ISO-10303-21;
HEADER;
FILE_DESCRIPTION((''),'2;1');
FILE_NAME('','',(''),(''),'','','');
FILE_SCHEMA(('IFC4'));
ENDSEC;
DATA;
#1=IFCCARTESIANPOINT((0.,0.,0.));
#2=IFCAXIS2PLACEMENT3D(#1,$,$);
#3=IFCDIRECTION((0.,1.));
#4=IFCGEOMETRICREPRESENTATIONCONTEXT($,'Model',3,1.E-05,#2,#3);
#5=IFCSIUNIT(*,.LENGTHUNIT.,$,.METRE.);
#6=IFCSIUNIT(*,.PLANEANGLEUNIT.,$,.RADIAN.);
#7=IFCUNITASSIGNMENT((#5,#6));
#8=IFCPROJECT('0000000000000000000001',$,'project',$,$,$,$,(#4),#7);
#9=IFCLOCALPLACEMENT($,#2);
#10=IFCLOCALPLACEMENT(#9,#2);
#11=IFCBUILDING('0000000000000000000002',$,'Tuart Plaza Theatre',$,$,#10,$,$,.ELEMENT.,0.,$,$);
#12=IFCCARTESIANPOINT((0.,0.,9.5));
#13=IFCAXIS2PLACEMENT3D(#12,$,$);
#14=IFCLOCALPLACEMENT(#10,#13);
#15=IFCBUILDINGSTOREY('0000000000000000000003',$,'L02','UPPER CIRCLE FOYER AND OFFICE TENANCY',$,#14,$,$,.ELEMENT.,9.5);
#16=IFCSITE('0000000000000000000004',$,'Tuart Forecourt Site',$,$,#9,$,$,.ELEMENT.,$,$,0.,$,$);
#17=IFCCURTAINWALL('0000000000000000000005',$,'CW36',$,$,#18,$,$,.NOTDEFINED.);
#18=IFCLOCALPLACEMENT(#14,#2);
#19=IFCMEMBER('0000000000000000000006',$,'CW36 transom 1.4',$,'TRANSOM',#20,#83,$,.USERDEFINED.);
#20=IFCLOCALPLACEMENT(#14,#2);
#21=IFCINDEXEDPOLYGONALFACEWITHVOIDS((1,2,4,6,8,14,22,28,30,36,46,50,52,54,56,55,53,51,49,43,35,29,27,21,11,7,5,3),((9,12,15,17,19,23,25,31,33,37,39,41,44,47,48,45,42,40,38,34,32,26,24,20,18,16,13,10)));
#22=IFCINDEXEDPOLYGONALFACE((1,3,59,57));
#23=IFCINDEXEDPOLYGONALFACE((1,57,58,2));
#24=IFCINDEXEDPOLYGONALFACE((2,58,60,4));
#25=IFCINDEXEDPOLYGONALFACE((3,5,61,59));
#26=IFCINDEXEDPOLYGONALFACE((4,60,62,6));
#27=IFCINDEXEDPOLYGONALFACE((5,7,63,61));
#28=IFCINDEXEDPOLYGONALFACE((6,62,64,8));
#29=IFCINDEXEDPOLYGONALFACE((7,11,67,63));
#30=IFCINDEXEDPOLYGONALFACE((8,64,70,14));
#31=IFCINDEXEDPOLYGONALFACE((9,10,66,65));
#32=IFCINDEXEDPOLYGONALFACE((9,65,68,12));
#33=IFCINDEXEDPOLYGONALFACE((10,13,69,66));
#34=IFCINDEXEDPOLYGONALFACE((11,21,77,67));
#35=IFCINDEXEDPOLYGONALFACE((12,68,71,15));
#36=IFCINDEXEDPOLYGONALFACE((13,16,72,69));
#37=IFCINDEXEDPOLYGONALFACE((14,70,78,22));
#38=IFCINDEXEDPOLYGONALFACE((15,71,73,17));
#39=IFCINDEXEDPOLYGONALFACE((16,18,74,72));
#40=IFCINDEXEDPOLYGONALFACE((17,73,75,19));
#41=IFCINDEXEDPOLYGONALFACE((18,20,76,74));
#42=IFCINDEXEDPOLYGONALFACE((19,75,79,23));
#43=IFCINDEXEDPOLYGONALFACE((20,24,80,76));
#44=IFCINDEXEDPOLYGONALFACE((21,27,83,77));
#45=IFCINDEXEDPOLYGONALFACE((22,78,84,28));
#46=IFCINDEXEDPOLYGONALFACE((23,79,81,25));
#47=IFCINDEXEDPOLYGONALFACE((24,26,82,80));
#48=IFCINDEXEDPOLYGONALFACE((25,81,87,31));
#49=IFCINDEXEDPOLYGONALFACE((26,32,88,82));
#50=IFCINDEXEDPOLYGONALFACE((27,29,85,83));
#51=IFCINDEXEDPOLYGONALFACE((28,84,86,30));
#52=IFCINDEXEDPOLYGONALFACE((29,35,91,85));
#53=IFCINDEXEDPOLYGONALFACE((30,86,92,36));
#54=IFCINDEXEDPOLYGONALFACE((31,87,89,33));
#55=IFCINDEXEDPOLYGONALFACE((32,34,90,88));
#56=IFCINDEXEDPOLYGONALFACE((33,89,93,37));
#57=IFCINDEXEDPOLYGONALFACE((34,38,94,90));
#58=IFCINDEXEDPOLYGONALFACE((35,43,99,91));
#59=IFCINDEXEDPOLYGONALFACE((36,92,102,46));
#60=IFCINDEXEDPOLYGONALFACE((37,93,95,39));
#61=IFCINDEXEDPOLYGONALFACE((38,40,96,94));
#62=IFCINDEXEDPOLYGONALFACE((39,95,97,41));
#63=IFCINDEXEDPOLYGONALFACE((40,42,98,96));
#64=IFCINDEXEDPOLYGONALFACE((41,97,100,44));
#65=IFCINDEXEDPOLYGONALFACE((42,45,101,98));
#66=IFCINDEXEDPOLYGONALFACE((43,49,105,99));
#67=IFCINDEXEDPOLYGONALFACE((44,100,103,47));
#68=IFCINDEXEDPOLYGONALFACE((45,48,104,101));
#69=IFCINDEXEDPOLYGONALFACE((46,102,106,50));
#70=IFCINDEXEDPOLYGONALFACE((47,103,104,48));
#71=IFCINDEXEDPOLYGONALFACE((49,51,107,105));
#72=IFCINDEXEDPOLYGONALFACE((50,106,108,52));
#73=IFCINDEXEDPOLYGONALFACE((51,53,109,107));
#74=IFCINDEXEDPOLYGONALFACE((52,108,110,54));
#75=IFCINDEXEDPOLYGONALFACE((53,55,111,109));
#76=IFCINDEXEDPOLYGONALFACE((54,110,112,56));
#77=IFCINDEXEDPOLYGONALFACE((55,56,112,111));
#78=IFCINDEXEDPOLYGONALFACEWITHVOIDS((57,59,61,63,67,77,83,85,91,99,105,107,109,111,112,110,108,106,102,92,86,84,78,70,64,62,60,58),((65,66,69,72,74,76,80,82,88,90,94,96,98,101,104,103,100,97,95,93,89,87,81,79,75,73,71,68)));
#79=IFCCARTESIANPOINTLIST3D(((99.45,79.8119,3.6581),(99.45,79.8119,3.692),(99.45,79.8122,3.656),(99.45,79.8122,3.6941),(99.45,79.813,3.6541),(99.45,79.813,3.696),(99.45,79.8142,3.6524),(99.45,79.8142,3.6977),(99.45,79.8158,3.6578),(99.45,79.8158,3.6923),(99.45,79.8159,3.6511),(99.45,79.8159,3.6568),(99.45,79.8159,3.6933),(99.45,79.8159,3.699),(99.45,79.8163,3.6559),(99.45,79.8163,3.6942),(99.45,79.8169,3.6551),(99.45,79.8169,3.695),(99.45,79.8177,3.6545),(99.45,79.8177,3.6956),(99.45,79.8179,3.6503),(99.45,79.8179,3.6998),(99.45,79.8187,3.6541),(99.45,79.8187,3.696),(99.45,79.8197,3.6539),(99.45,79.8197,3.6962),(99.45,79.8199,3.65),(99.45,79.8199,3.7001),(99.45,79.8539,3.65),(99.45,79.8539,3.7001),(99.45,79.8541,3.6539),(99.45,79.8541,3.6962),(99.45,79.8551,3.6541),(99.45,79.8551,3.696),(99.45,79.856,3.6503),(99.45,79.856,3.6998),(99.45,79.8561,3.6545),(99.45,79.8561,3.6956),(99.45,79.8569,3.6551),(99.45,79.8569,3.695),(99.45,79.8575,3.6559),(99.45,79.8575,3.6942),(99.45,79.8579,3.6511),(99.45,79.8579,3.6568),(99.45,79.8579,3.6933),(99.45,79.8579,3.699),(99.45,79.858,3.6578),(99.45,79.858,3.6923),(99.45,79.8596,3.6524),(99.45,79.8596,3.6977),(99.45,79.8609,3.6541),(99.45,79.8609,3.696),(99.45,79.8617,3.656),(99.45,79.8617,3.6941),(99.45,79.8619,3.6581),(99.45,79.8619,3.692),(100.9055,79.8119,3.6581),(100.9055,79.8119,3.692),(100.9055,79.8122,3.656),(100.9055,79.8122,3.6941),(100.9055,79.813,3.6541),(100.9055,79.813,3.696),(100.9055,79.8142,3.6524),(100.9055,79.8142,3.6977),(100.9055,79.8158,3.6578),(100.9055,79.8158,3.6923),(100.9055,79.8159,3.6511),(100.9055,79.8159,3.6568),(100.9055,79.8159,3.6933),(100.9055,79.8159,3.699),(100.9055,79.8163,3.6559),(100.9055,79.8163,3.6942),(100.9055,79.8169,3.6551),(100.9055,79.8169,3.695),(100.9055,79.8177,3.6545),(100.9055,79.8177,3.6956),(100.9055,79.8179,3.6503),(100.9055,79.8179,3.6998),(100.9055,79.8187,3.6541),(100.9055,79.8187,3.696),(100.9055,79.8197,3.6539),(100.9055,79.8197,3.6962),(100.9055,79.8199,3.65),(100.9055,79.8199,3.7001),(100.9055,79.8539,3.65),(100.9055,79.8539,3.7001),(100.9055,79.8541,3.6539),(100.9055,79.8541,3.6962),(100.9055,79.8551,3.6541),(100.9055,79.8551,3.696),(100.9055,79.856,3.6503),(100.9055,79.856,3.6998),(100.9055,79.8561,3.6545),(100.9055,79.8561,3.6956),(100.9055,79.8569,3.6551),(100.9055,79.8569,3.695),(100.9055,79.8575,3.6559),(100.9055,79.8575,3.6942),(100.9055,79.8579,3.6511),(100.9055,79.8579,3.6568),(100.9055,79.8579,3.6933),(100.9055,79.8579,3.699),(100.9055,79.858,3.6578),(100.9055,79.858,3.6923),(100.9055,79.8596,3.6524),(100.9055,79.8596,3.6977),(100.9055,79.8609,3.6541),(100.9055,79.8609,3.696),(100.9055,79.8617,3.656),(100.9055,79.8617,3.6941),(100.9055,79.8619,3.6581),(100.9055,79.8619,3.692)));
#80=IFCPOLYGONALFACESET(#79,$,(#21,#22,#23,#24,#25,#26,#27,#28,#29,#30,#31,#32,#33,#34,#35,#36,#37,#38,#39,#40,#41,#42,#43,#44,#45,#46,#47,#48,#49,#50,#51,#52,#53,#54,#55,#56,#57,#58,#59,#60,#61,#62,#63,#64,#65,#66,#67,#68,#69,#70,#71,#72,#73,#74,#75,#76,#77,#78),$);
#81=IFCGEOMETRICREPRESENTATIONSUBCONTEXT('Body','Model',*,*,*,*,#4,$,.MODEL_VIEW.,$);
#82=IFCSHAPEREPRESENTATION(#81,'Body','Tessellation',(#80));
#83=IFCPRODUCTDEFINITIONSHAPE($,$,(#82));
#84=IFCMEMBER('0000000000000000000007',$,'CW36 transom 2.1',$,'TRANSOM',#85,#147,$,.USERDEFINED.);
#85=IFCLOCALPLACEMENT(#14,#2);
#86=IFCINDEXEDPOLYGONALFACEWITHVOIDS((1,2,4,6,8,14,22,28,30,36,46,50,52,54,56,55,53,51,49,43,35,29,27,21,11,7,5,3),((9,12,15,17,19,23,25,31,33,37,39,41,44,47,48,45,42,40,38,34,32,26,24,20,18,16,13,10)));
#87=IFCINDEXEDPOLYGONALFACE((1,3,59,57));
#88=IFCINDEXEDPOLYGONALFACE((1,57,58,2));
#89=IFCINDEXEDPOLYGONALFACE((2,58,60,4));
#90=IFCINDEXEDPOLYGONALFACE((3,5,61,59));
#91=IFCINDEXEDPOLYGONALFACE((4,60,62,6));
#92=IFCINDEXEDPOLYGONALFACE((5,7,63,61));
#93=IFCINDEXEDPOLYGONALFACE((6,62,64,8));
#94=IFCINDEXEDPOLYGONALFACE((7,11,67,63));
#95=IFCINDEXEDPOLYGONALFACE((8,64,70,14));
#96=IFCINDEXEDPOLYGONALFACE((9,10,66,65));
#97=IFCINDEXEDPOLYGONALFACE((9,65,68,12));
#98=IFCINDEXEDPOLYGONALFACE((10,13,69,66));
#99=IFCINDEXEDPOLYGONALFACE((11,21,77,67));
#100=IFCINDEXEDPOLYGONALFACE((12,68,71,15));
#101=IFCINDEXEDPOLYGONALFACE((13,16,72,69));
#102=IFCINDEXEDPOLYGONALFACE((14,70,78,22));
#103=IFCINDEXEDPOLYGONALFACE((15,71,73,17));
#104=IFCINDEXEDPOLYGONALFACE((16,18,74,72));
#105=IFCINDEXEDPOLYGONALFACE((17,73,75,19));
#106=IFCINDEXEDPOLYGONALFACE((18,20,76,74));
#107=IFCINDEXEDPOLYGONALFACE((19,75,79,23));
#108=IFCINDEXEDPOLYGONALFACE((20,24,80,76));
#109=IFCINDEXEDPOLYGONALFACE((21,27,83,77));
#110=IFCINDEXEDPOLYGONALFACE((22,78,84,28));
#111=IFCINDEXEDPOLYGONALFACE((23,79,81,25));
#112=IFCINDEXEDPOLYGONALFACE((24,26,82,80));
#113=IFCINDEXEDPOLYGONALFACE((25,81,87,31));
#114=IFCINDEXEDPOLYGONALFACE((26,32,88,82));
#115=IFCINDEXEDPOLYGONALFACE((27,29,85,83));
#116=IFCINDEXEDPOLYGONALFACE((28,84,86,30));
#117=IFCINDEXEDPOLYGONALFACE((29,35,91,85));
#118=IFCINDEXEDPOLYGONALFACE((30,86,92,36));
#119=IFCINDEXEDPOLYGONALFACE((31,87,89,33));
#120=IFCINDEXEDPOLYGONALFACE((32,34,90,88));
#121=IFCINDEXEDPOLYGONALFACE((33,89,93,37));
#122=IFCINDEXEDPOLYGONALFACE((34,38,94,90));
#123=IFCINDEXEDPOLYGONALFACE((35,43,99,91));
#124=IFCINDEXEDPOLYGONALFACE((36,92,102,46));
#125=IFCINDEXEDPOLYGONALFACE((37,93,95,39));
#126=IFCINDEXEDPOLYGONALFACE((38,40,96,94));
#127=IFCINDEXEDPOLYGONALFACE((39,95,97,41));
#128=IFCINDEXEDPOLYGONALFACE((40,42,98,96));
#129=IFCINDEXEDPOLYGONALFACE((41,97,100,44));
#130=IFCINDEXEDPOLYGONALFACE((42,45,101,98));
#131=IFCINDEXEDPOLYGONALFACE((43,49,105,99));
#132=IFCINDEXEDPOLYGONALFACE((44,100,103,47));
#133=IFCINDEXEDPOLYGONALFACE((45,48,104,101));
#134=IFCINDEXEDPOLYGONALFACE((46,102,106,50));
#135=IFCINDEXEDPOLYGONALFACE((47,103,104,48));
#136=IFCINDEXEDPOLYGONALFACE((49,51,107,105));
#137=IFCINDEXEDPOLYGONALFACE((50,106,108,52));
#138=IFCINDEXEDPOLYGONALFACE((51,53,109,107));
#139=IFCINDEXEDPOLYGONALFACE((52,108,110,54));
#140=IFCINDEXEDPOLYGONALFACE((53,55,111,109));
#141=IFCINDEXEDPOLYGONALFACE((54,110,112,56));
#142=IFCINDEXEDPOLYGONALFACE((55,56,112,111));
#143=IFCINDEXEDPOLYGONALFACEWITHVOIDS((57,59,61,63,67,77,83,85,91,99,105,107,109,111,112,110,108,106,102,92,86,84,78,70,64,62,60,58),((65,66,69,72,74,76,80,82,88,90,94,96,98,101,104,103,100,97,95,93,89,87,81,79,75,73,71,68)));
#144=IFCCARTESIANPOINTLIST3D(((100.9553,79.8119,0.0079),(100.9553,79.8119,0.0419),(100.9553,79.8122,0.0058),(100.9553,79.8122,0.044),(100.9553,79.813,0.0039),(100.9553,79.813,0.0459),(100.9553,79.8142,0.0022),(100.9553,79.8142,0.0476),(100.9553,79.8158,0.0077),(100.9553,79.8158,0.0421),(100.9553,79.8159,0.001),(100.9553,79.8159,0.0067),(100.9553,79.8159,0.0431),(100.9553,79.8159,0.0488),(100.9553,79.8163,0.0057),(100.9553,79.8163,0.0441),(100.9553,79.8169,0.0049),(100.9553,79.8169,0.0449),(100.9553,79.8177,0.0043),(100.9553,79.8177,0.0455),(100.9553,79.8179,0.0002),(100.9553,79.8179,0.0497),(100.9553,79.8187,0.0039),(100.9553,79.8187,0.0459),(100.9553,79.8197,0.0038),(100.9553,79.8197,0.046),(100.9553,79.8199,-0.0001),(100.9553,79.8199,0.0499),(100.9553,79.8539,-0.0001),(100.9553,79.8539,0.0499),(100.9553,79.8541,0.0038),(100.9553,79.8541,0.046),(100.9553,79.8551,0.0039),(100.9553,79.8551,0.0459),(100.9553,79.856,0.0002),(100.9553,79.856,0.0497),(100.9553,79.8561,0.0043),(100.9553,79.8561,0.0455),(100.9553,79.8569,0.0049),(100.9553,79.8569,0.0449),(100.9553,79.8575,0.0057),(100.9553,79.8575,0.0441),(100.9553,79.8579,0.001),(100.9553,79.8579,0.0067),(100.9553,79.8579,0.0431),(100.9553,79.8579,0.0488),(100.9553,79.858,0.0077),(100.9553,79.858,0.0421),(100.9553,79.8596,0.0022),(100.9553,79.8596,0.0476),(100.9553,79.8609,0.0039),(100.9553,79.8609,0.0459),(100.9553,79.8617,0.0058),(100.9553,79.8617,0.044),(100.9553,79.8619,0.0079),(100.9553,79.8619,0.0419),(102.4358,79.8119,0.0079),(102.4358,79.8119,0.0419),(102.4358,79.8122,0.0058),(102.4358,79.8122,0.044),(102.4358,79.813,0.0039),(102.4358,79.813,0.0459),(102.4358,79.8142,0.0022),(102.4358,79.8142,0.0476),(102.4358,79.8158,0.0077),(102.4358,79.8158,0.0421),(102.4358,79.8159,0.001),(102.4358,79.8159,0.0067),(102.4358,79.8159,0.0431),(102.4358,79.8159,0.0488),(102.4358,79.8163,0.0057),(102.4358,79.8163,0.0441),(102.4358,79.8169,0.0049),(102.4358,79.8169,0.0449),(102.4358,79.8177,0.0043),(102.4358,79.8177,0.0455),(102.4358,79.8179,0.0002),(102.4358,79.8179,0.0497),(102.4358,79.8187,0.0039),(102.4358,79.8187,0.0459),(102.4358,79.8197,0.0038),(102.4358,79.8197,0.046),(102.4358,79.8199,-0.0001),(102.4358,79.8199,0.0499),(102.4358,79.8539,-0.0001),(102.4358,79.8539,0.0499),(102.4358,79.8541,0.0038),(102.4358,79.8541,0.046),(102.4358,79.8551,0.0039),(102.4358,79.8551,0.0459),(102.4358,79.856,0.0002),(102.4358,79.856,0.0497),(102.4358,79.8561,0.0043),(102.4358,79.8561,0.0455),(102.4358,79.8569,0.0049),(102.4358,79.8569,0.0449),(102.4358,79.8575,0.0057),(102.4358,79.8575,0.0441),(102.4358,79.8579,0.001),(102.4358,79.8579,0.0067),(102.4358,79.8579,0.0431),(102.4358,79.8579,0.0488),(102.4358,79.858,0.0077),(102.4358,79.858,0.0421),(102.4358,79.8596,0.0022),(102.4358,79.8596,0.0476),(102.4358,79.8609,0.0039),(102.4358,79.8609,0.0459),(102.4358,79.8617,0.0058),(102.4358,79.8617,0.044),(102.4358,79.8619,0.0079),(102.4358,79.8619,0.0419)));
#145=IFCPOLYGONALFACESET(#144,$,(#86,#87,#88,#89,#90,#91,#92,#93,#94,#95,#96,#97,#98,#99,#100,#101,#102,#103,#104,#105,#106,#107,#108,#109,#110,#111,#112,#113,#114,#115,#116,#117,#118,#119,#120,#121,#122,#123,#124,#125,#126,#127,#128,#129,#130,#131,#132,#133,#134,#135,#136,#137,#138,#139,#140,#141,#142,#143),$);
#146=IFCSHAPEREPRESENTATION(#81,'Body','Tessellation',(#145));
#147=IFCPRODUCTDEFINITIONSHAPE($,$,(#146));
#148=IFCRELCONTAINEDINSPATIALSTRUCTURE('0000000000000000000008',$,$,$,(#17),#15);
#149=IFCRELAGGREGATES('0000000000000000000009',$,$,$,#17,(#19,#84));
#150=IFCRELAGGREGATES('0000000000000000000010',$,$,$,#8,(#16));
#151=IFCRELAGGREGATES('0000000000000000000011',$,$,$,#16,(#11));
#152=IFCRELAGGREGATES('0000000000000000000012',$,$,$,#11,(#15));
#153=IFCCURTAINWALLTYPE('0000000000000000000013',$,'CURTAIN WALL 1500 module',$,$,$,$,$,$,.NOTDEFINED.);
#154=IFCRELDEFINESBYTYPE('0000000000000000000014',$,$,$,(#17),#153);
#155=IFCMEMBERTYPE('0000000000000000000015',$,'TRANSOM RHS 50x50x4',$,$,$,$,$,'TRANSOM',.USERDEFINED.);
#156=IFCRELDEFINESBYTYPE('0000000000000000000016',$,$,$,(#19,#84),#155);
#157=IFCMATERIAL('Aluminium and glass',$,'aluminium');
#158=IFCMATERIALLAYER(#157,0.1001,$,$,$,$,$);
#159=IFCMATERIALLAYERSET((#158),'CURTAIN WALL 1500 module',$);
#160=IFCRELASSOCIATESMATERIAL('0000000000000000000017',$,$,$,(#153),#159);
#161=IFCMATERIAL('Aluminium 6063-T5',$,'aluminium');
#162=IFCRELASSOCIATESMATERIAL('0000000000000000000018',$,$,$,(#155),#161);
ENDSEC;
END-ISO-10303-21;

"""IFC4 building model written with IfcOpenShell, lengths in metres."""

from ifc_helpers import new_model, si_unit, direction, frame, origin, origin_2d, place, context, subcontext, project, spatial, hollow_rectangle, extrude, material, layer, layer_set, material_profile, profile_set, type_object, element, aggregate, save


model = new_model("IFC4")

# Units and contexts
model_context = context("Model", 3, precision=1e-05, world=origin(), true_north=direction((0.0, 1.0)))
body_context = subcontext(model_context, "Body", "Model", "MODEL_VIEW")
ifc_project = project(units=[si_unit("LENGTHUNIT", "METRE"), si_unit("PLANEANGLEUNIT", "RADIAN")], contexts=[model_context])

# Site, building, storey
site_placement = place(None, origin())
site = spatial("IfcSite", under=ifc_project, at=site_placement, Name="Tuart Forecourt Site", CompositionType="ELEMENT", RefElevation=0.0)
building_placement = place(site_placement, origin())
building = spatial("IfcBuilding", under=site, at=building_placement, Name="Tuart Plaza Theatre", CompositionType="ELEMENT", ElevationOfRefHeight=0.0)
storey_placement = place(building_placement, frame((0.0, 0.0, 9.5)))
storey = spatial("IfcBuildingStorey", under=building, at=storey_placement, Name="L02", Description="UPPER CIRCLE FOYER AND OFFICE TENANCY", CompositionType="ELEMENT", Elevation=9.5)

# Curtain wall
ifc_material_1 = material(Name="Aluminium and glass", Category="aluminium")
ifc_layer_1 = layer(ifc_material_1, 0.1001)
ifc_layer_set_1 = layer_set([ifc_layer_1], Name="CURTAIN WALL 1500 module")
curtain_wall_type = type_object("IfcCurtainWallType", Name="CURTAIN WALL 1500 module", PredefinedType="NOTDEFINED", material=ifc_layer_set_1)
curtain_wall_1_placement = place(storey_placement, origin())
curtain_wall_1 = element("IfcCurtainWall", 1, at=curtain_wall_1_placement, inside=storey, type_object=curtain_wall_type, Name="CW36", PredefinedType="NOTDEFINED")

# Shared definitions
ifc_material_2 = material(Name="Aluminium 6063-T5", Category="aluminium")
ifc_material_profile_1 = material_profile(ifc_material_2, hollow_rectangle(XDim=0.05, YDim=0.05, WallThickness=0.0039, InnerFilletRadius=0.0039, OuterFilletRadius=0.0081, at=origin_2d()), Name="RHS 50x50x4")
ifc_profile_set_1 = profile_set([ifc_material_profile_1], Name="Aluminium 6063-T5")
member_type_1 = type_object("IfcMemberType", Name="TRANSOM RHS 50x50x4", ElementType="TRANSOM", PredefinedType="USERDEFINED", material=ifc_profile_set_1)

# Members
member_1_placement = place(storey_placement, frame((99.45, 79.8369, 3.675), z_axis=(1.0, 0.0, 0.0), x_axis=(0.0, 1.0, 0.0)))
member_1 = element("IfcMember", 2, at=member_1_placement, type_object=member_type_1, Name="CW36 transom 1.4", ObjectType="TRANSOM", PredefinedType="USERDEFINED", context=body_context, shape_type="SweptSolid", body=[
    extrude(hollow_rectangle(XDim=0.05, YDim=0.05, WallThickness=0.0039, InnerFilletRadius=0.0039, OuterFilletRadius=0.0081, at=origin_2d()), origin(), (0.0, 0.0, 1.0), 1.4556),
])
member_2_placement = place(storey_placement, frame((100.9553, 79.8369, 0.0249), z_axis=(1.0, 0.0, 0.0), x_axis=(0.0, 1.0, 0.0)))
member_2 = element("IfcMember", 3, at=member_2_placement, type_object=member_type_1, Name="CW36 transom 2.1", ObjectType="TRANSOM", PredefinedType="USERDEFINED", context=body_context, shape_type="SweptSolid", body=[
    extrude(hollow_rectangle(XDim=0.05, YDim=0.05, WallThickness=0.0039, InnerFilletRadius=0.0039, OuterFilletRadius=0.0081, at=origin_2d()), origin(), (0.0, 0.0, 1.0), 1.4805),
])

aggregate(curtain_wall_1, [member_1, member_2])

save(model, "model.ifc")
